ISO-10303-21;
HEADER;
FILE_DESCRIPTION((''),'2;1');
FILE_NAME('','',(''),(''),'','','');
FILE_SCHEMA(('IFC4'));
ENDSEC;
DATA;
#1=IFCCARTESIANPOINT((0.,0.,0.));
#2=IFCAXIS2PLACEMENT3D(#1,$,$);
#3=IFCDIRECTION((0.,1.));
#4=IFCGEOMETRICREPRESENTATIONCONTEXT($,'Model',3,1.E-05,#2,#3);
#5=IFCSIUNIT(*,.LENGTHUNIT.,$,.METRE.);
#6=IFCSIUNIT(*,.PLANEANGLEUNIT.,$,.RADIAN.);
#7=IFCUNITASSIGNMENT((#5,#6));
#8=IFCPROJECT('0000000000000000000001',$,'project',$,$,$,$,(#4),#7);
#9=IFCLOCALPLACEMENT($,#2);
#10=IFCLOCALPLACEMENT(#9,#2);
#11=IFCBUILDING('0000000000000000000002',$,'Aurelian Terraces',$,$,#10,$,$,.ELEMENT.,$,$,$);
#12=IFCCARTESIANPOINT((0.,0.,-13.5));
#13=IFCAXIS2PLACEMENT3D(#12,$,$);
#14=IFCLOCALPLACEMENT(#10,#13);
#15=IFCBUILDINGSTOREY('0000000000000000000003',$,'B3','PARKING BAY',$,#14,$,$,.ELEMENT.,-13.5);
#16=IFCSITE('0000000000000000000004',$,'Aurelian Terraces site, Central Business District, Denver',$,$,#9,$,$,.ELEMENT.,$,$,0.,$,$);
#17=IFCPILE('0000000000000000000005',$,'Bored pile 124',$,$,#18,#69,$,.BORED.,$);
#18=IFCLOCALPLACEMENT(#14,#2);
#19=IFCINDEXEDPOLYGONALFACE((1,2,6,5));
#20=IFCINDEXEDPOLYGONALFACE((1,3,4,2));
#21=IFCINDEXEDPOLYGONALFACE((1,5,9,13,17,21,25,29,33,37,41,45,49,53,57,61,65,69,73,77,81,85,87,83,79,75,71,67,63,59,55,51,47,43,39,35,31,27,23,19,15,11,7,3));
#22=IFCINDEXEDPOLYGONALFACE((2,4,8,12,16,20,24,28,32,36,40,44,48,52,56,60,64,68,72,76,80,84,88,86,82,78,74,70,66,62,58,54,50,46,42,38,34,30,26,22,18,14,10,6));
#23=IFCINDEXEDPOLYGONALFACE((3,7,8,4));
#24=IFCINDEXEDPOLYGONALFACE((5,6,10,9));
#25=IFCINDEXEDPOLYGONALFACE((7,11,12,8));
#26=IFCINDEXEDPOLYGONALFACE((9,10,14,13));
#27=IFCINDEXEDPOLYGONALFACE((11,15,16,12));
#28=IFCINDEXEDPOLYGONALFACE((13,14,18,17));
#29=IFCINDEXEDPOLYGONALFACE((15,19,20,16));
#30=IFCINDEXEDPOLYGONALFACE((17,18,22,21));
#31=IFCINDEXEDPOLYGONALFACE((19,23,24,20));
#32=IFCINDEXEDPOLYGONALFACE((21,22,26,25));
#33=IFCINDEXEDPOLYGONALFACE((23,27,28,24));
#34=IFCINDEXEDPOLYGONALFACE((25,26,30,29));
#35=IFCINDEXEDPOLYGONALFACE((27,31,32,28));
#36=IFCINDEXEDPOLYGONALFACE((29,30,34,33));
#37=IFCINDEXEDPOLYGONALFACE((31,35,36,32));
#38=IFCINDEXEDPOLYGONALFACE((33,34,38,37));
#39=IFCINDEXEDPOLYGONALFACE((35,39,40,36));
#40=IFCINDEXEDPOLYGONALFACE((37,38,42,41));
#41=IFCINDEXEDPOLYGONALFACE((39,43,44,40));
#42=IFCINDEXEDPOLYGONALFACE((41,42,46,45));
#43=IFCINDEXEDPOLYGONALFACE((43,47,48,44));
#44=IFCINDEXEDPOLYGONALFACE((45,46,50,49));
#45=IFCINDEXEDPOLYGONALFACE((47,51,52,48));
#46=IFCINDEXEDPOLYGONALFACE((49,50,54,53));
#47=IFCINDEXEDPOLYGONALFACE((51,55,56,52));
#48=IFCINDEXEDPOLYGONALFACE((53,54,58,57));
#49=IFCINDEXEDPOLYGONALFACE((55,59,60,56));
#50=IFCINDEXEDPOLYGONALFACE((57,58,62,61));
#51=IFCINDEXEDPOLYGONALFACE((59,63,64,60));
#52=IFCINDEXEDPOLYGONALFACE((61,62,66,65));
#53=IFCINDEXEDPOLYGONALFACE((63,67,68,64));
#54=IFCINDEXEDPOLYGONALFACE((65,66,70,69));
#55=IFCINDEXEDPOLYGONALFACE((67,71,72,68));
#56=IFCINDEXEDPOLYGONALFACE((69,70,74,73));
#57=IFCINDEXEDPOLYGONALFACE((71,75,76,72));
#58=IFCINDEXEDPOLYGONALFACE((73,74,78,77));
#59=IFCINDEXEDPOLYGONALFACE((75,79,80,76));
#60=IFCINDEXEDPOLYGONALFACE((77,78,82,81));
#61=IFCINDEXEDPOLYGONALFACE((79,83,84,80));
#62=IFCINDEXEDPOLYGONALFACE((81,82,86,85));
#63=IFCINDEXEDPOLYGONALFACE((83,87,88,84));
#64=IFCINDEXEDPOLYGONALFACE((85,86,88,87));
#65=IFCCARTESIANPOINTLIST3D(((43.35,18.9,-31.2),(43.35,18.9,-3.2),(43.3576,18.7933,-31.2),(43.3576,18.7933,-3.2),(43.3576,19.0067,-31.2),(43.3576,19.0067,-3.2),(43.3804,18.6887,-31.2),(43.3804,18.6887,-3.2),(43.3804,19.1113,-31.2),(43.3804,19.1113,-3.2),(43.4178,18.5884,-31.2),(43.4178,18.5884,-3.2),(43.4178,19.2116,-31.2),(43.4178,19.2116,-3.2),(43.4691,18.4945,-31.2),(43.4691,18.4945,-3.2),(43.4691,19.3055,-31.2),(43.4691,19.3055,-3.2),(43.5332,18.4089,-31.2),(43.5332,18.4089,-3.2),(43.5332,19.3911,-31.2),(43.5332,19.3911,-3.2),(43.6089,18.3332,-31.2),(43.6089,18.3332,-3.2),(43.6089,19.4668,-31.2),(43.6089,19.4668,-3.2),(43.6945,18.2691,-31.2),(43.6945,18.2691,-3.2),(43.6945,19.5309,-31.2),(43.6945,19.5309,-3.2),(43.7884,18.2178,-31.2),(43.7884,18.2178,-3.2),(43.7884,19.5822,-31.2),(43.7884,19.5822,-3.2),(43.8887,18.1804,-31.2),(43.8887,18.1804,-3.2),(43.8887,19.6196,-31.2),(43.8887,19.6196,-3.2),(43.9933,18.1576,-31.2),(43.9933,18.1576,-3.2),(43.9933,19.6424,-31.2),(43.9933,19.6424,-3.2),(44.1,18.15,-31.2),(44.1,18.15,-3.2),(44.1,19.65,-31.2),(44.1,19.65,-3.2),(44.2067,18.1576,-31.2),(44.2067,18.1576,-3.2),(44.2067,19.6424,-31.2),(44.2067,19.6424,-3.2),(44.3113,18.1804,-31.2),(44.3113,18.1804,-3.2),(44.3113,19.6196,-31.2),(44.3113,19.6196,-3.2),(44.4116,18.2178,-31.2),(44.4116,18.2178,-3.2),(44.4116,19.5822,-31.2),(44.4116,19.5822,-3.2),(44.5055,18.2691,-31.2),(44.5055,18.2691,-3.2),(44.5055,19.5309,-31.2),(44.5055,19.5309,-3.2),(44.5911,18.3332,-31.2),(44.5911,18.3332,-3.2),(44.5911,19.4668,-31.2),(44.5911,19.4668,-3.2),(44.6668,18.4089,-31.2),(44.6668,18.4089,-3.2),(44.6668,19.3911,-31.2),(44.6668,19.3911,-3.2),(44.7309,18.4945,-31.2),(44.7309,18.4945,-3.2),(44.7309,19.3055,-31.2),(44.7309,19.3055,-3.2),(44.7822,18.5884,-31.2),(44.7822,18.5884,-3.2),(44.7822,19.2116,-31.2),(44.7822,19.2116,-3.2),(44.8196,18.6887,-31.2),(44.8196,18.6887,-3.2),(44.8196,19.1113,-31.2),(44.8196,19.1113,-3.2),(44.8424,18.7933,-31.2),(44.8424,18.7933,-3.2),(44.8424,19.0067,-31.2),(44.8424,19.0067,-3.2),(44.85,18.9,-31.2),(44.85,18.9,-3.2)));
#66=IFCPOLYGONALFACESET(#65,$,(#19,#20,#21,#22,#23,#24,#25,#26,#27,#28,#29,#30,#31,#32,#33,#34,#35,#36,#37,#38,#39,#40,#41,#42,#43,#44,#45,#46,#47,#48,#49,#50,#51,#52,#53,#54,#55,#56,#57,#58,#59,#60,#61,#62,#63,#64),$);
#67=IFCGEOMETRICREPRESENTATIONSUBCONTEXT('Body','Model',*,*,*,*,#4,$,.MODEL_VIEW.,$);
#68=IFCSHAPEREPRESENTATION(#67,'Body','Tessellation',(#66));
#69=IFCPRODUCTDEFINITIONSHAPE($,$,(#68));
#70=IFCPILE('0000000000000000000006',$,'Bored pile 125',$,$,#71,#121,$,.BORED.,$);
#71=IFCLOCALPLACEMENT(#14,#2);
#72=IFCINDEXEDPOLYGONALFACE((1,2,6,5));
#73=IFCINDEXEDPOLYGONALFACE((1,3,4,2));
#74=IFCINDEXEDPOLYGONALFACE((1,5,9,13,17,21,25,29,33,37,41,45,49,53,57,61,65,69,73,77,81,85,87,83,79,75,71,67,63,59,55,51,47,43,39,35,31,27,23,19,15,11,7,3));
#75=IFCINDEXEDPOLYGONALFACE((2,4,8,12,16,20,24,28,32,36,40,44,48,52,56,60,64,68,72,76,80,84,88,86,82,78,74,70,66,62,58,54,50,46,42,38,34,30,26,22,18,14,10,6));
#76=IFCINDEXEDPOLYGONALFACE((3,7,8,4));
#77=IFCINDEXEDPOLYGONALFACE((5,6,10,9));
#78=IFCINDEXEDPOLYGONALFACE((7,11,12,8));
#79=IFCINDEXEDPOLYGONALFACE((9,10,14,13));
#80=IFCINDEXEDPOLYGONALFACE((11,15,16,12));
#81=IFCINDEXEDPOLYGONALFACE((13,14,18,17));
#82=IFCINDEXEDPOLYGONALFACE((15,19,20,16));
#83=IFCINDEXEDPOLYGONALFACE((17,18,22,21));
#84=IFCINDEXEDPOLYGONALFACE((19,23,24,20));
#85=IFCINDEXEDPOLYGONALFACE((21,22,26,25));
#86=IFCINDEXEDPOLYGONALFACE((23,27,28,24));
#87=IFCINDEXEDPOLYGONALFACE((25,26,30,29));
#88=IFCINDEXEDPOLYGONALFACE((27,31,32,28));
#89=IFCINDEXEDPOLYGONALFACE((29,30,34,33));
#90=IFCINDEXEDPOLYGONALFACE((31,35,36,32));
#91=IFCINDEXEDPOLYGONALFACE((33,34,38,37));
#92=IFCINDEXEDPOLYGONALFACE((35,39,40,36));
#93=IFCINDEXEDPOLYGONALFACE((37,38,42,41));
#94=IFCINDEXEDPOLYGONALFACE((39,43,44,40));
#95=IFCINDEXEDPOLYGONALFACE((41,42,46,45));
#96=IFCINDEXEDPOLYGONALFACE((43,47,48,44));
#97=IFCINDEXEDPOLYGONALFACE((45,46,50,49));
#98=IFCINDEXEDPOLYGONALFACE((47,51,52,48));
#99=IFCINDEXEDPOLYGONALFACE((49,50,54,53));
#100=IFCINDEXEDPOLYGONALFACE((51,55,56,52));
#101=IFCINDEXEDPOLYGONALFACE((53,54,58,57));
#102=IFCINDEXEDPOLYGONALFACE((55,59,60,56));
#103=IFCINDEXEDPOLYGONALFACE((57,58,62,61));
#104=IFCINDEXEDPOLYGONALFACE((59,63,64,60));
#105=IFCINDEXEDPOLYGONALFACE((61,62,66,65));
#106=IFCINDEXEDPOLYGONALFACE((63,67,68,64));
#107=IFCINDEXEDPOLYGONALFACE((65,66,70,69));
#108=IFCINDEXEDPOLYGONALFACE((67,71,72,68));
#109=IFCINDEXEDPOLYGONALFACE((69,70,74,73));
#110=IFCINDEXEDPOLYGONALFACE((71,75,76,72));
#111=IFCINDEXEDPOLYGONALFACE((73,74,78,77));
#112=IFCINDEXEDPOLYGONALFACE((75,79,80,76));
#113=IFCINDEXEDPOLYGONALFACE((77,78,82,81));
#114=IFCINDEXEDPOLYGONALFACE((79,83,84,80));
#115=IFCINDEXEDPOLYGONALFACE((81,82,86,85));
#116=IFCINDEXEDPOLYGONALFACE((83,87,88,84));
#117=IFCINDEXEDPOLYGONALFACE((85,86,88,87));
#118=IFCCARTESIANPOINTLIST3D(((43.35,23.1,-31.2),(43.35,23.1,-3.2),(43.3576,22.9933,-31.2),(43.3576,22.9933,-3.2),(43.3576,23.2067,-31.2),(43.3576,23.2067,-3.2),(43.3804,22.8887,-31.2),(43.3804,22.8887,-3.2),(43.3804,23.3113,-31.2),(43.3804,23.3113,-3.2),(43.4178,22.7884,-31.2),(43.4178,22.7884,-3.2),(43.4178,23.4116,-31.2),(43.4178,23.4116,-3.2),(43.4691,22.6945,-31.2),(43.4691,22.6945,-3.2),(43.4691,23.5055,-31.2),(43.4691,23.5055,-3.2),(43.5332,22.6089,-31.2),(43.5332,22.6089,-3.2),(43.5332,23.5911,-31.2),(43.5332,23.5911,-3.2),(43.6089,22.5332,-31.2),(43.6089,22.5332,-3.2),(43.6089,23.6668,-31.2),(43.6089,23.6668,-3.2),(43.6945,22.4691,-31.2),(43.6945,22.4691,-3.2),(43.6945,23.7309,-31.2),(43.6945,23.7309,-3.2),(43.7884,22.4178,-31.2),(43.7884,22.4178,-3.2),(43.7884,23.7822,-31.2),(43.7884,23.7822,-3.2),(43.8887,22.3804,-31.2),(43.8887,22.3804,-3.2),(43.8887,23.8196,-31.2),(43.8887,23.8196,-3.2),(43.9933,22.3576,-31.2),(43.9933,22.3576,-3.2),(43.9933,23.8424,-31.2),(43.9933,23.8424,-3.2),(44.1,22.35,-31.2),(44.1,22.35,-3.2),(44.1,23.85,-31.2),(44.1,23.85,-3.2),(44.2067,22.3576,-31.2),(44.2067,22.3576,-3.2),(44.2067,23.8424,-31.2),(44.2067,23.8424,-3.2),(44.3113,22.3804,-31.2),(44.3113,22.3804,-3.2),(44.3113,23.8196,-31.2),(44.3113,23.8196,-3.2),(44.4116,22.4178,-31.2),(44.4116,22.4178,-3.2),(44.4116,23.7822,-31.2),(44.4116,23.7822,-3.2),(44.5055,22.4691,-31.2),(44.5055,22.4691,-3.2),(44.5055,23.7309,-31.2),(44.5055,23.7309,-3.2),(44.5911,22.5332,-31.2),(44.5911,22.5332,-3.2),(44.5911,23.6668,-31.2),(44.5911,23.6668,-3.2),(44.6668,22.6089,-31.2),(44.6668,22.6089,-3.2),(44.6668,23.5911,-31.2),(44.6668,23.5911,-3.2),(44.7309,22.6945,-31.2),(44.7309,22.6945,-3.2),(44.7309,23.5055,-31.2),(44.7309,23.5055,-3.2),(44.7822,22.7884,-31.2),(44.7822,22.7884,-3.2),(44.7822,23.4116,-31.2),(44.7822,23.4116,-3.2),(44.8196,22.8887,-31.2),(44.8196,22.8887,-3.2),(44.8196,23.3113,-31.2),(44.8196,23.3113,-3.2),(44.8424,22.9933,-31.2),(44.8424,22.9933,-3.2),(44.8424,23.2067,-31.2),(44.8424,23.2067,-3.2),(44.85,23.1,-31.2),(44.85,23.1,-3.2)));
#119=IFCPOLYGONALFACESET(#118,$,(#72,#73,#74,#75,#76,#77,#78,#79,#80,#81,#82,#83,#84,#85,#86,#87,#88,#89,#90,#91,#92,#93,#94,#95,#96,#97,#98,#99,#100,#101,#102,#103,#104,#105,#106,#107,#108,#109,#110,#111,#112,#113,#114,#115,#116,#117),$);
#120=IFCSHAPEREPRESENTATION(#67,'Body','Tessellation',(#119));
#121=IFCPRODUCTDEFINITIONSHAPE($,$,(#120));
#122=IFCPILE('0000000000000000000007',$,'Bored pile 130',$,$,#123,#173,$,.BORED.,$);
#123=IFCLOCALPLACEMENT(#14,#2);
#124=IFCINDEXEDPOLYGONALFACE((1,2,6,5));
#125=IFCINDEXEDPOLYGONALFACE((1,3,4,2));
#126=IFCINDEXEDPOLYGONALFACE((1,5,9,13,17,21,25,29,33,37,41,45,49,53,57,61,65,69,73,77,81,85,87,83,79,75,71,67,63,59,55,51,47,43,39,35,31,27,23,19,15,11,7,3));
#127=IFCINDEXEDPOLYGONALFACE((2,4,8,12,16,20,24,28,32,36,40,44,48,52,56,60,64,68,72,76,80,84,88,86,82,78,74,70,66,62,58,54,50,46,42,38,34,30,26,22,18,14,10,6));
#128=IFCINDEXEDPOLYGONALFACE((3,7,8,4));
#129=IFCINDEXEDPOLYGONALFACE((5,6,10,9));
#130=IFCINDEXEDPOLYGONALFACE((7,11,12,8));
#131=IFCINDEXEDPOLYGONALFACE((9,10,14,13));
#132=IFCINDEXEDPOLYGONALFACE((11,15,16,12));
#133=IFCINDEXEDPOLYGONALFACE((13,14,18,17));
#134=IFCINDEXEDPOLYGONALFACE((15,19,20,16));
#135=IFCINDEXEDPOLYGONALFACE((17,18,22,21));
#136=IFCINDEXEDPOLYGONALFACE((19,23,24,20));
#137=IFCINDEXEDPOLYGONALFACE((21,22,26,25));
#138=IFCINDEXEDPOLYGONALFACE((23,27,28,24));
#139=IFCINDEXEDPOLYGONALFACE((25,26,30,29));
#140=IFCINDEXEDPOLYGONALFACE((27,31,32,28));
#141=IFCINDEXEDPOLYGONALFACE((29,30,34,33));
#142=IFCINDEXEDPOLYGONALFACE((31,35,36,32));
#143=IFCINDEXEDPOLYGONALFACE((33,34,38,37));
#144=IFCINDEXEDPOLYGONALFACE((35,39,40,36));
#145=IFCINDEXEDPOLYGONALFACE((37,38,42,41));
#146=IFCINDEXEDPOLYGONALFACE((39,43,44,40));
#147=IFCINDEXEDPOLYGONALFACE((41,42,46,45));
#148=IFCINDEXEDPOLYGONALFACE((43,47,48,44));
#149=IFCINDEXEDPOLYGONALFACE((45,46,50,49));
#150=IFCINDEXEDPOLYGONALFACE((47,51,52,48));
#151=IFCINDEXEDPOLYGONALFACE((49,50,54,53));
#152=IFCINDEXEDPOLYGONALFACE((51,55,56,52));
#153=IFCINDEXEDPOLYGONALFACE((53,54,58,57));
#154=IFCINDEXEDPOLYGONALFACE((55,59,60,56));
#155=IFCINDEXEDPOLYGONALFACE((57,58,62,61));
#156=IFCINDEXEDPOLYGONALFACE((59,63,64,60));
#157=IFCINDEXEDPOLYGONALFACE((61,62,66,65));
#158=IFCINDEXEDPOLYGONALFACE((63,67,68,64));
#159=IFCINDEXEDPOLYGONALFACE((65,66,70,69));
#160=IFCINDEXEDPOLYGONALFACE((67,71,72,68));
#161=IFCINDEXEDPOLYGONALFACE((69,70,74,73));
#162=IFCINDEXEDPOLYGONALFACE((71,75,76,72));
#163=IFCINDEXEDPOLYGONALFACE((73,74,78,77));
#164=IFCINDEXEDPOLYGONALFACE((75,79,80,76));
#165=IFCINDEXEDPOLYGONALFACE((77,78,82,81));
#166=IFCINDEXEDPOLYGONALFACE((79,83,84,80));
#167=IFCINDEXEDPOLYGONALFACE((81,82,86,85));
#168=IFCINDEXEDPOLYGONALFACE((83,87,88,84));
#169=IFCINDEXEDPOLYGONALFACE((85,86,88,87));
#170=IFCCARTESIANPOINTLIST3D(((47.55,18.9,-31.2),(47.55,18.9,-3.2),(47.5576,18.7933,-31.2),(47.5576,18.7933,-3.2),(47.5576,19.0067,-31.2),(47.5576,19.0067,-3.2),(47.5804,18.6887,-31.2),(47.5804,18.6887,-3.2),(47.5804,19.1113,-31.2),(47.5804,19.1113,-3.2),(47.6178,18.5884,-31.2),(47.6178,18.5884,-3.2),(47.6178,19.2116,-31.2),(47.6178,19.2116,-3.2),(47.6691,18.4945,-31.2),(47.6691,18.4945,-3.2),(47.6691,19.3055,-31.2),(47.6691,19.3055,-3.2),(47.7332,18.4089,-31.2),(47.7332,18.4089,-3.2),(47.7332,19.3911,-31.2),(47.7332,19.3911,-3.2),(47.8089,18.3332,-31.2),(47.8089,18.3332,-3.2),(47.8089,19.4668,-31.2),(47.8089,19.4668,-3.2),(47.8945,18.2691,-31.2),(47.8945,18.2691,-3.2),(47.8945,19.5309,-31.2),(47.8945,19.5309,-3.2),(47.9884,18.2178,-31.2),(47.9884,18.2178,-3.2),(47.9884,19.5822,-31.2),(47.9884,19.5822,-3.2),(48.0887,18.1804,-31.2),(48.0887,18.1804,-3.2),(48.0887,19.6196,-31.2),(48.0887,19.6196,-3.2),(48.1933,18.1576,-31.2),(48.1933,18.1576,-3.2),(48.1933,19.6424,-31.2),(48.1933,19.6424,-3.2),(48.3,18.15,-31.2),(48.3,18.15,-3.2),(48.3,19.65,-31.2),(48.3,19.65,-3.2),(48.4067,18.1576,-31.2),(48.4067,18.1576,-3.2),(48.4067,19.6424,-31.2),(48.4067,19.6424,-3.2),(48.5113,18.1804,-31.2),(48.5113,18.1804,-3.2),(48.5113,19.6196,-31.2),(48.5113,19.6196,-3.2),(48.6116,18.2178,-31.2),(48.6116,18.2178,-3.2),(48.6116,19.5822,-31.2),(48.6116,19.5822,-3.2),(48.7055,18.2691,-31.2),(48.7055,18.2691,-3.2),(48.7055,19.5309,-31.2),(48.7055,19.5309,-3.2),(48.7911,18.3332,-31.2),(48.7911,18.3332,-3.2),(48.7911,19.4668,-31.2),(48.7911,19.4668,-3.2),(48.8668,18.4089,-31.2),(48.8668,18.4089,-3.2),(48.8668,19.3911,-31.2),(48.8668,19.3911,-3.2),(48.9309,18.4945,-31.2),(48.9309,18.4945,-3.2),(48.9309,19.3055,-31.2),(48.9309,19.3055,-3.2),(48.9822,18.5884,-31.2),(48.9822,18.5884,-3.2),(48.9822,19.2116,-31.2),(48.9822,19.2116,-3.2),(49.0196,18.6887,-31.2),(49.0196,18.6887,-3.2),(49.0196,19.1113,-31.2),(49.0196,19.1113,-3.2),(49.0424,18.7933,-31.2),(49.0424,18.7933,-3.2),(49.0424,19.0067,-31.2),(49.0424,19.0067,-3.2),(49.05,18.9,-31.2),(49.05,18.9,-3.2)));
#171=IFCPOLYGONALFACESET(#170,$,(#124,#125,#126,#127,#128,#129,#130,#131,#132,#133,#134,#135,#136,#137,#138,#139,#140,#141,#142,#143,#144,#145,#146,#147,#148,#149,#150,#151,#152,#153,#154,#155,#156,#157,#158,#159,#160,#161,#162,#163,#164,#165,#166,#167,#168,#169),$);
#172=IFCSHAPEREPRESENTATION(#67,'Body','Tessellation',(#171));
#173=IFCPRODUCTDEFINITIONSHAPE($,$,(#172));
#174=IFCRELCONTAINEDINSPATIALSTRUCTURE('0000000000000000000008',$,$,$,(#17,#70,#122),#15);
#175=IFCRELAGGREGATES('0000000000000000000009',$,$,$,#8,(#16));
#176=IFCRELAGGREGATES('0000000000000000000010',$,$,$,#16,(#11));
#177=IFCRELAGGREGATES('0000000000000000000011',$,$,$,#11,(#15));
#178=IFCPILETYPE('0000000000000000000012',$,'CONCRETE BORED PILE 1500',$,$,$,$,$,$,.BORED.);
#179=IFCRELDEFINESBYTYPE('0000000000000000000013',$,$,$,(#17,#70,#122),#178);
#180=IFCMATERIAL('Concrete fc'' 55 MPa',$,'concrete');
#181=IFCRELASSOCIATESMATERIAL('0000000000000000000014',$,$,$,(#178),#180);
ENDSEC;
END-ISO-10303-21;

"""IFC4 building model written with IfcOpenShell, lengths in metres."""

from ifc_helpers import new_model, si_unit, direction, frame, origin, origin_2d, place, context, subcontext, project, spatial, circle, extrude, source, transform, mapped, material, material_profile, profile_set, type_object, element, save


model = new_model("IFC4")

# Units and contexts
model_context = context("Model", 3, precision=1e-05, world=origin(), true_north=direction((0.0, 1.0)))
body_context = subcontext(model_context, "Body", "Model", "MODEL_VIEW")
ifc_project = project(units=[si_unit("LENGTHUNIT", "METRE"), si_unit("PLANEANGLEUNIT", "RADIAN")], contexts=[model_context])

# Site, building, storey
site_placement = place(None, origin())
site = spatial("IfcSite", under=ifc_project, at=site_placement, Name="Aurelian Terraces site, Central Business District, Denver", CompositionType="ELEMENT", RefElevation=0.0)
building_placement = place(site_placement, origin())
building = spatial("IfcBuilding", under=site, at=building_placement, Name="Aurelian Terraces", CompositionType="ELEMENT")
storey_placement = place(building_placement, frame((0.0, 0.0, -13.5)))
storey = spatial("IfcBuildingStorey", under=building, at=storey_placement, Name="B3", Description="PARKING BAY", CompositionType="ELEMENT", Elevation=-13.5)

# Piles
ifc_material_1 = material(Name="Concrete fc' 55 MPa", Category="concrete")
ifc_material_profile_1 = material_profile(ifc_material_1, circle(Radius=0.75, at=origin_2d()))
ifc_profile_set_1 = profile_set([ifc_material_profile_1], Name="Concrete fc' 55 MPa")
pile_type = type_object("IfcPileType", Name="CONCRETE BORED PILE 1500", PredefinedType="BORED", material=ifc_profile_set_1)
shared_shape_1 = source(origin(), body_context, "Body", "SweptSolid", [
    extrude(circle(Radius=0.75, at=origin_2d()), origin(), (0.0, 0.0, 1.0), 28.0),
])
for number, where, z_axis, x_axis, name in (
    (1, (44.1, 18.9, -3.2), (0.0, 0.0, -1.0), (1.0, 0.0, 0.0), "Bored pile 124"),
    (2, (44.1, 23.1, -3.2), (0.0, 0.0, -1.0), (1.0, 0.0, 0.0), "Bored pile 125"),
    (3, (48.3, 18.9, -3.2), (0.0, 0.0, -1.0), (1.0, 0.0, 0.0), "Bored pile 130"),
):
    element("IfcPile", number, at=place(storey_placement, frame(where, z_axis=z_axis, x_axis=x_axis)), inside=storey, type_object=pile_type, Name=name, PredefinedType="BORED", context=body_context, shape_type="MappedRepresentation", body=[
        mapped(shared_shape_1, transform((0.0, 0.0, 0.0), scale=1.0)),
    ])

save(model, "model.ifc")
